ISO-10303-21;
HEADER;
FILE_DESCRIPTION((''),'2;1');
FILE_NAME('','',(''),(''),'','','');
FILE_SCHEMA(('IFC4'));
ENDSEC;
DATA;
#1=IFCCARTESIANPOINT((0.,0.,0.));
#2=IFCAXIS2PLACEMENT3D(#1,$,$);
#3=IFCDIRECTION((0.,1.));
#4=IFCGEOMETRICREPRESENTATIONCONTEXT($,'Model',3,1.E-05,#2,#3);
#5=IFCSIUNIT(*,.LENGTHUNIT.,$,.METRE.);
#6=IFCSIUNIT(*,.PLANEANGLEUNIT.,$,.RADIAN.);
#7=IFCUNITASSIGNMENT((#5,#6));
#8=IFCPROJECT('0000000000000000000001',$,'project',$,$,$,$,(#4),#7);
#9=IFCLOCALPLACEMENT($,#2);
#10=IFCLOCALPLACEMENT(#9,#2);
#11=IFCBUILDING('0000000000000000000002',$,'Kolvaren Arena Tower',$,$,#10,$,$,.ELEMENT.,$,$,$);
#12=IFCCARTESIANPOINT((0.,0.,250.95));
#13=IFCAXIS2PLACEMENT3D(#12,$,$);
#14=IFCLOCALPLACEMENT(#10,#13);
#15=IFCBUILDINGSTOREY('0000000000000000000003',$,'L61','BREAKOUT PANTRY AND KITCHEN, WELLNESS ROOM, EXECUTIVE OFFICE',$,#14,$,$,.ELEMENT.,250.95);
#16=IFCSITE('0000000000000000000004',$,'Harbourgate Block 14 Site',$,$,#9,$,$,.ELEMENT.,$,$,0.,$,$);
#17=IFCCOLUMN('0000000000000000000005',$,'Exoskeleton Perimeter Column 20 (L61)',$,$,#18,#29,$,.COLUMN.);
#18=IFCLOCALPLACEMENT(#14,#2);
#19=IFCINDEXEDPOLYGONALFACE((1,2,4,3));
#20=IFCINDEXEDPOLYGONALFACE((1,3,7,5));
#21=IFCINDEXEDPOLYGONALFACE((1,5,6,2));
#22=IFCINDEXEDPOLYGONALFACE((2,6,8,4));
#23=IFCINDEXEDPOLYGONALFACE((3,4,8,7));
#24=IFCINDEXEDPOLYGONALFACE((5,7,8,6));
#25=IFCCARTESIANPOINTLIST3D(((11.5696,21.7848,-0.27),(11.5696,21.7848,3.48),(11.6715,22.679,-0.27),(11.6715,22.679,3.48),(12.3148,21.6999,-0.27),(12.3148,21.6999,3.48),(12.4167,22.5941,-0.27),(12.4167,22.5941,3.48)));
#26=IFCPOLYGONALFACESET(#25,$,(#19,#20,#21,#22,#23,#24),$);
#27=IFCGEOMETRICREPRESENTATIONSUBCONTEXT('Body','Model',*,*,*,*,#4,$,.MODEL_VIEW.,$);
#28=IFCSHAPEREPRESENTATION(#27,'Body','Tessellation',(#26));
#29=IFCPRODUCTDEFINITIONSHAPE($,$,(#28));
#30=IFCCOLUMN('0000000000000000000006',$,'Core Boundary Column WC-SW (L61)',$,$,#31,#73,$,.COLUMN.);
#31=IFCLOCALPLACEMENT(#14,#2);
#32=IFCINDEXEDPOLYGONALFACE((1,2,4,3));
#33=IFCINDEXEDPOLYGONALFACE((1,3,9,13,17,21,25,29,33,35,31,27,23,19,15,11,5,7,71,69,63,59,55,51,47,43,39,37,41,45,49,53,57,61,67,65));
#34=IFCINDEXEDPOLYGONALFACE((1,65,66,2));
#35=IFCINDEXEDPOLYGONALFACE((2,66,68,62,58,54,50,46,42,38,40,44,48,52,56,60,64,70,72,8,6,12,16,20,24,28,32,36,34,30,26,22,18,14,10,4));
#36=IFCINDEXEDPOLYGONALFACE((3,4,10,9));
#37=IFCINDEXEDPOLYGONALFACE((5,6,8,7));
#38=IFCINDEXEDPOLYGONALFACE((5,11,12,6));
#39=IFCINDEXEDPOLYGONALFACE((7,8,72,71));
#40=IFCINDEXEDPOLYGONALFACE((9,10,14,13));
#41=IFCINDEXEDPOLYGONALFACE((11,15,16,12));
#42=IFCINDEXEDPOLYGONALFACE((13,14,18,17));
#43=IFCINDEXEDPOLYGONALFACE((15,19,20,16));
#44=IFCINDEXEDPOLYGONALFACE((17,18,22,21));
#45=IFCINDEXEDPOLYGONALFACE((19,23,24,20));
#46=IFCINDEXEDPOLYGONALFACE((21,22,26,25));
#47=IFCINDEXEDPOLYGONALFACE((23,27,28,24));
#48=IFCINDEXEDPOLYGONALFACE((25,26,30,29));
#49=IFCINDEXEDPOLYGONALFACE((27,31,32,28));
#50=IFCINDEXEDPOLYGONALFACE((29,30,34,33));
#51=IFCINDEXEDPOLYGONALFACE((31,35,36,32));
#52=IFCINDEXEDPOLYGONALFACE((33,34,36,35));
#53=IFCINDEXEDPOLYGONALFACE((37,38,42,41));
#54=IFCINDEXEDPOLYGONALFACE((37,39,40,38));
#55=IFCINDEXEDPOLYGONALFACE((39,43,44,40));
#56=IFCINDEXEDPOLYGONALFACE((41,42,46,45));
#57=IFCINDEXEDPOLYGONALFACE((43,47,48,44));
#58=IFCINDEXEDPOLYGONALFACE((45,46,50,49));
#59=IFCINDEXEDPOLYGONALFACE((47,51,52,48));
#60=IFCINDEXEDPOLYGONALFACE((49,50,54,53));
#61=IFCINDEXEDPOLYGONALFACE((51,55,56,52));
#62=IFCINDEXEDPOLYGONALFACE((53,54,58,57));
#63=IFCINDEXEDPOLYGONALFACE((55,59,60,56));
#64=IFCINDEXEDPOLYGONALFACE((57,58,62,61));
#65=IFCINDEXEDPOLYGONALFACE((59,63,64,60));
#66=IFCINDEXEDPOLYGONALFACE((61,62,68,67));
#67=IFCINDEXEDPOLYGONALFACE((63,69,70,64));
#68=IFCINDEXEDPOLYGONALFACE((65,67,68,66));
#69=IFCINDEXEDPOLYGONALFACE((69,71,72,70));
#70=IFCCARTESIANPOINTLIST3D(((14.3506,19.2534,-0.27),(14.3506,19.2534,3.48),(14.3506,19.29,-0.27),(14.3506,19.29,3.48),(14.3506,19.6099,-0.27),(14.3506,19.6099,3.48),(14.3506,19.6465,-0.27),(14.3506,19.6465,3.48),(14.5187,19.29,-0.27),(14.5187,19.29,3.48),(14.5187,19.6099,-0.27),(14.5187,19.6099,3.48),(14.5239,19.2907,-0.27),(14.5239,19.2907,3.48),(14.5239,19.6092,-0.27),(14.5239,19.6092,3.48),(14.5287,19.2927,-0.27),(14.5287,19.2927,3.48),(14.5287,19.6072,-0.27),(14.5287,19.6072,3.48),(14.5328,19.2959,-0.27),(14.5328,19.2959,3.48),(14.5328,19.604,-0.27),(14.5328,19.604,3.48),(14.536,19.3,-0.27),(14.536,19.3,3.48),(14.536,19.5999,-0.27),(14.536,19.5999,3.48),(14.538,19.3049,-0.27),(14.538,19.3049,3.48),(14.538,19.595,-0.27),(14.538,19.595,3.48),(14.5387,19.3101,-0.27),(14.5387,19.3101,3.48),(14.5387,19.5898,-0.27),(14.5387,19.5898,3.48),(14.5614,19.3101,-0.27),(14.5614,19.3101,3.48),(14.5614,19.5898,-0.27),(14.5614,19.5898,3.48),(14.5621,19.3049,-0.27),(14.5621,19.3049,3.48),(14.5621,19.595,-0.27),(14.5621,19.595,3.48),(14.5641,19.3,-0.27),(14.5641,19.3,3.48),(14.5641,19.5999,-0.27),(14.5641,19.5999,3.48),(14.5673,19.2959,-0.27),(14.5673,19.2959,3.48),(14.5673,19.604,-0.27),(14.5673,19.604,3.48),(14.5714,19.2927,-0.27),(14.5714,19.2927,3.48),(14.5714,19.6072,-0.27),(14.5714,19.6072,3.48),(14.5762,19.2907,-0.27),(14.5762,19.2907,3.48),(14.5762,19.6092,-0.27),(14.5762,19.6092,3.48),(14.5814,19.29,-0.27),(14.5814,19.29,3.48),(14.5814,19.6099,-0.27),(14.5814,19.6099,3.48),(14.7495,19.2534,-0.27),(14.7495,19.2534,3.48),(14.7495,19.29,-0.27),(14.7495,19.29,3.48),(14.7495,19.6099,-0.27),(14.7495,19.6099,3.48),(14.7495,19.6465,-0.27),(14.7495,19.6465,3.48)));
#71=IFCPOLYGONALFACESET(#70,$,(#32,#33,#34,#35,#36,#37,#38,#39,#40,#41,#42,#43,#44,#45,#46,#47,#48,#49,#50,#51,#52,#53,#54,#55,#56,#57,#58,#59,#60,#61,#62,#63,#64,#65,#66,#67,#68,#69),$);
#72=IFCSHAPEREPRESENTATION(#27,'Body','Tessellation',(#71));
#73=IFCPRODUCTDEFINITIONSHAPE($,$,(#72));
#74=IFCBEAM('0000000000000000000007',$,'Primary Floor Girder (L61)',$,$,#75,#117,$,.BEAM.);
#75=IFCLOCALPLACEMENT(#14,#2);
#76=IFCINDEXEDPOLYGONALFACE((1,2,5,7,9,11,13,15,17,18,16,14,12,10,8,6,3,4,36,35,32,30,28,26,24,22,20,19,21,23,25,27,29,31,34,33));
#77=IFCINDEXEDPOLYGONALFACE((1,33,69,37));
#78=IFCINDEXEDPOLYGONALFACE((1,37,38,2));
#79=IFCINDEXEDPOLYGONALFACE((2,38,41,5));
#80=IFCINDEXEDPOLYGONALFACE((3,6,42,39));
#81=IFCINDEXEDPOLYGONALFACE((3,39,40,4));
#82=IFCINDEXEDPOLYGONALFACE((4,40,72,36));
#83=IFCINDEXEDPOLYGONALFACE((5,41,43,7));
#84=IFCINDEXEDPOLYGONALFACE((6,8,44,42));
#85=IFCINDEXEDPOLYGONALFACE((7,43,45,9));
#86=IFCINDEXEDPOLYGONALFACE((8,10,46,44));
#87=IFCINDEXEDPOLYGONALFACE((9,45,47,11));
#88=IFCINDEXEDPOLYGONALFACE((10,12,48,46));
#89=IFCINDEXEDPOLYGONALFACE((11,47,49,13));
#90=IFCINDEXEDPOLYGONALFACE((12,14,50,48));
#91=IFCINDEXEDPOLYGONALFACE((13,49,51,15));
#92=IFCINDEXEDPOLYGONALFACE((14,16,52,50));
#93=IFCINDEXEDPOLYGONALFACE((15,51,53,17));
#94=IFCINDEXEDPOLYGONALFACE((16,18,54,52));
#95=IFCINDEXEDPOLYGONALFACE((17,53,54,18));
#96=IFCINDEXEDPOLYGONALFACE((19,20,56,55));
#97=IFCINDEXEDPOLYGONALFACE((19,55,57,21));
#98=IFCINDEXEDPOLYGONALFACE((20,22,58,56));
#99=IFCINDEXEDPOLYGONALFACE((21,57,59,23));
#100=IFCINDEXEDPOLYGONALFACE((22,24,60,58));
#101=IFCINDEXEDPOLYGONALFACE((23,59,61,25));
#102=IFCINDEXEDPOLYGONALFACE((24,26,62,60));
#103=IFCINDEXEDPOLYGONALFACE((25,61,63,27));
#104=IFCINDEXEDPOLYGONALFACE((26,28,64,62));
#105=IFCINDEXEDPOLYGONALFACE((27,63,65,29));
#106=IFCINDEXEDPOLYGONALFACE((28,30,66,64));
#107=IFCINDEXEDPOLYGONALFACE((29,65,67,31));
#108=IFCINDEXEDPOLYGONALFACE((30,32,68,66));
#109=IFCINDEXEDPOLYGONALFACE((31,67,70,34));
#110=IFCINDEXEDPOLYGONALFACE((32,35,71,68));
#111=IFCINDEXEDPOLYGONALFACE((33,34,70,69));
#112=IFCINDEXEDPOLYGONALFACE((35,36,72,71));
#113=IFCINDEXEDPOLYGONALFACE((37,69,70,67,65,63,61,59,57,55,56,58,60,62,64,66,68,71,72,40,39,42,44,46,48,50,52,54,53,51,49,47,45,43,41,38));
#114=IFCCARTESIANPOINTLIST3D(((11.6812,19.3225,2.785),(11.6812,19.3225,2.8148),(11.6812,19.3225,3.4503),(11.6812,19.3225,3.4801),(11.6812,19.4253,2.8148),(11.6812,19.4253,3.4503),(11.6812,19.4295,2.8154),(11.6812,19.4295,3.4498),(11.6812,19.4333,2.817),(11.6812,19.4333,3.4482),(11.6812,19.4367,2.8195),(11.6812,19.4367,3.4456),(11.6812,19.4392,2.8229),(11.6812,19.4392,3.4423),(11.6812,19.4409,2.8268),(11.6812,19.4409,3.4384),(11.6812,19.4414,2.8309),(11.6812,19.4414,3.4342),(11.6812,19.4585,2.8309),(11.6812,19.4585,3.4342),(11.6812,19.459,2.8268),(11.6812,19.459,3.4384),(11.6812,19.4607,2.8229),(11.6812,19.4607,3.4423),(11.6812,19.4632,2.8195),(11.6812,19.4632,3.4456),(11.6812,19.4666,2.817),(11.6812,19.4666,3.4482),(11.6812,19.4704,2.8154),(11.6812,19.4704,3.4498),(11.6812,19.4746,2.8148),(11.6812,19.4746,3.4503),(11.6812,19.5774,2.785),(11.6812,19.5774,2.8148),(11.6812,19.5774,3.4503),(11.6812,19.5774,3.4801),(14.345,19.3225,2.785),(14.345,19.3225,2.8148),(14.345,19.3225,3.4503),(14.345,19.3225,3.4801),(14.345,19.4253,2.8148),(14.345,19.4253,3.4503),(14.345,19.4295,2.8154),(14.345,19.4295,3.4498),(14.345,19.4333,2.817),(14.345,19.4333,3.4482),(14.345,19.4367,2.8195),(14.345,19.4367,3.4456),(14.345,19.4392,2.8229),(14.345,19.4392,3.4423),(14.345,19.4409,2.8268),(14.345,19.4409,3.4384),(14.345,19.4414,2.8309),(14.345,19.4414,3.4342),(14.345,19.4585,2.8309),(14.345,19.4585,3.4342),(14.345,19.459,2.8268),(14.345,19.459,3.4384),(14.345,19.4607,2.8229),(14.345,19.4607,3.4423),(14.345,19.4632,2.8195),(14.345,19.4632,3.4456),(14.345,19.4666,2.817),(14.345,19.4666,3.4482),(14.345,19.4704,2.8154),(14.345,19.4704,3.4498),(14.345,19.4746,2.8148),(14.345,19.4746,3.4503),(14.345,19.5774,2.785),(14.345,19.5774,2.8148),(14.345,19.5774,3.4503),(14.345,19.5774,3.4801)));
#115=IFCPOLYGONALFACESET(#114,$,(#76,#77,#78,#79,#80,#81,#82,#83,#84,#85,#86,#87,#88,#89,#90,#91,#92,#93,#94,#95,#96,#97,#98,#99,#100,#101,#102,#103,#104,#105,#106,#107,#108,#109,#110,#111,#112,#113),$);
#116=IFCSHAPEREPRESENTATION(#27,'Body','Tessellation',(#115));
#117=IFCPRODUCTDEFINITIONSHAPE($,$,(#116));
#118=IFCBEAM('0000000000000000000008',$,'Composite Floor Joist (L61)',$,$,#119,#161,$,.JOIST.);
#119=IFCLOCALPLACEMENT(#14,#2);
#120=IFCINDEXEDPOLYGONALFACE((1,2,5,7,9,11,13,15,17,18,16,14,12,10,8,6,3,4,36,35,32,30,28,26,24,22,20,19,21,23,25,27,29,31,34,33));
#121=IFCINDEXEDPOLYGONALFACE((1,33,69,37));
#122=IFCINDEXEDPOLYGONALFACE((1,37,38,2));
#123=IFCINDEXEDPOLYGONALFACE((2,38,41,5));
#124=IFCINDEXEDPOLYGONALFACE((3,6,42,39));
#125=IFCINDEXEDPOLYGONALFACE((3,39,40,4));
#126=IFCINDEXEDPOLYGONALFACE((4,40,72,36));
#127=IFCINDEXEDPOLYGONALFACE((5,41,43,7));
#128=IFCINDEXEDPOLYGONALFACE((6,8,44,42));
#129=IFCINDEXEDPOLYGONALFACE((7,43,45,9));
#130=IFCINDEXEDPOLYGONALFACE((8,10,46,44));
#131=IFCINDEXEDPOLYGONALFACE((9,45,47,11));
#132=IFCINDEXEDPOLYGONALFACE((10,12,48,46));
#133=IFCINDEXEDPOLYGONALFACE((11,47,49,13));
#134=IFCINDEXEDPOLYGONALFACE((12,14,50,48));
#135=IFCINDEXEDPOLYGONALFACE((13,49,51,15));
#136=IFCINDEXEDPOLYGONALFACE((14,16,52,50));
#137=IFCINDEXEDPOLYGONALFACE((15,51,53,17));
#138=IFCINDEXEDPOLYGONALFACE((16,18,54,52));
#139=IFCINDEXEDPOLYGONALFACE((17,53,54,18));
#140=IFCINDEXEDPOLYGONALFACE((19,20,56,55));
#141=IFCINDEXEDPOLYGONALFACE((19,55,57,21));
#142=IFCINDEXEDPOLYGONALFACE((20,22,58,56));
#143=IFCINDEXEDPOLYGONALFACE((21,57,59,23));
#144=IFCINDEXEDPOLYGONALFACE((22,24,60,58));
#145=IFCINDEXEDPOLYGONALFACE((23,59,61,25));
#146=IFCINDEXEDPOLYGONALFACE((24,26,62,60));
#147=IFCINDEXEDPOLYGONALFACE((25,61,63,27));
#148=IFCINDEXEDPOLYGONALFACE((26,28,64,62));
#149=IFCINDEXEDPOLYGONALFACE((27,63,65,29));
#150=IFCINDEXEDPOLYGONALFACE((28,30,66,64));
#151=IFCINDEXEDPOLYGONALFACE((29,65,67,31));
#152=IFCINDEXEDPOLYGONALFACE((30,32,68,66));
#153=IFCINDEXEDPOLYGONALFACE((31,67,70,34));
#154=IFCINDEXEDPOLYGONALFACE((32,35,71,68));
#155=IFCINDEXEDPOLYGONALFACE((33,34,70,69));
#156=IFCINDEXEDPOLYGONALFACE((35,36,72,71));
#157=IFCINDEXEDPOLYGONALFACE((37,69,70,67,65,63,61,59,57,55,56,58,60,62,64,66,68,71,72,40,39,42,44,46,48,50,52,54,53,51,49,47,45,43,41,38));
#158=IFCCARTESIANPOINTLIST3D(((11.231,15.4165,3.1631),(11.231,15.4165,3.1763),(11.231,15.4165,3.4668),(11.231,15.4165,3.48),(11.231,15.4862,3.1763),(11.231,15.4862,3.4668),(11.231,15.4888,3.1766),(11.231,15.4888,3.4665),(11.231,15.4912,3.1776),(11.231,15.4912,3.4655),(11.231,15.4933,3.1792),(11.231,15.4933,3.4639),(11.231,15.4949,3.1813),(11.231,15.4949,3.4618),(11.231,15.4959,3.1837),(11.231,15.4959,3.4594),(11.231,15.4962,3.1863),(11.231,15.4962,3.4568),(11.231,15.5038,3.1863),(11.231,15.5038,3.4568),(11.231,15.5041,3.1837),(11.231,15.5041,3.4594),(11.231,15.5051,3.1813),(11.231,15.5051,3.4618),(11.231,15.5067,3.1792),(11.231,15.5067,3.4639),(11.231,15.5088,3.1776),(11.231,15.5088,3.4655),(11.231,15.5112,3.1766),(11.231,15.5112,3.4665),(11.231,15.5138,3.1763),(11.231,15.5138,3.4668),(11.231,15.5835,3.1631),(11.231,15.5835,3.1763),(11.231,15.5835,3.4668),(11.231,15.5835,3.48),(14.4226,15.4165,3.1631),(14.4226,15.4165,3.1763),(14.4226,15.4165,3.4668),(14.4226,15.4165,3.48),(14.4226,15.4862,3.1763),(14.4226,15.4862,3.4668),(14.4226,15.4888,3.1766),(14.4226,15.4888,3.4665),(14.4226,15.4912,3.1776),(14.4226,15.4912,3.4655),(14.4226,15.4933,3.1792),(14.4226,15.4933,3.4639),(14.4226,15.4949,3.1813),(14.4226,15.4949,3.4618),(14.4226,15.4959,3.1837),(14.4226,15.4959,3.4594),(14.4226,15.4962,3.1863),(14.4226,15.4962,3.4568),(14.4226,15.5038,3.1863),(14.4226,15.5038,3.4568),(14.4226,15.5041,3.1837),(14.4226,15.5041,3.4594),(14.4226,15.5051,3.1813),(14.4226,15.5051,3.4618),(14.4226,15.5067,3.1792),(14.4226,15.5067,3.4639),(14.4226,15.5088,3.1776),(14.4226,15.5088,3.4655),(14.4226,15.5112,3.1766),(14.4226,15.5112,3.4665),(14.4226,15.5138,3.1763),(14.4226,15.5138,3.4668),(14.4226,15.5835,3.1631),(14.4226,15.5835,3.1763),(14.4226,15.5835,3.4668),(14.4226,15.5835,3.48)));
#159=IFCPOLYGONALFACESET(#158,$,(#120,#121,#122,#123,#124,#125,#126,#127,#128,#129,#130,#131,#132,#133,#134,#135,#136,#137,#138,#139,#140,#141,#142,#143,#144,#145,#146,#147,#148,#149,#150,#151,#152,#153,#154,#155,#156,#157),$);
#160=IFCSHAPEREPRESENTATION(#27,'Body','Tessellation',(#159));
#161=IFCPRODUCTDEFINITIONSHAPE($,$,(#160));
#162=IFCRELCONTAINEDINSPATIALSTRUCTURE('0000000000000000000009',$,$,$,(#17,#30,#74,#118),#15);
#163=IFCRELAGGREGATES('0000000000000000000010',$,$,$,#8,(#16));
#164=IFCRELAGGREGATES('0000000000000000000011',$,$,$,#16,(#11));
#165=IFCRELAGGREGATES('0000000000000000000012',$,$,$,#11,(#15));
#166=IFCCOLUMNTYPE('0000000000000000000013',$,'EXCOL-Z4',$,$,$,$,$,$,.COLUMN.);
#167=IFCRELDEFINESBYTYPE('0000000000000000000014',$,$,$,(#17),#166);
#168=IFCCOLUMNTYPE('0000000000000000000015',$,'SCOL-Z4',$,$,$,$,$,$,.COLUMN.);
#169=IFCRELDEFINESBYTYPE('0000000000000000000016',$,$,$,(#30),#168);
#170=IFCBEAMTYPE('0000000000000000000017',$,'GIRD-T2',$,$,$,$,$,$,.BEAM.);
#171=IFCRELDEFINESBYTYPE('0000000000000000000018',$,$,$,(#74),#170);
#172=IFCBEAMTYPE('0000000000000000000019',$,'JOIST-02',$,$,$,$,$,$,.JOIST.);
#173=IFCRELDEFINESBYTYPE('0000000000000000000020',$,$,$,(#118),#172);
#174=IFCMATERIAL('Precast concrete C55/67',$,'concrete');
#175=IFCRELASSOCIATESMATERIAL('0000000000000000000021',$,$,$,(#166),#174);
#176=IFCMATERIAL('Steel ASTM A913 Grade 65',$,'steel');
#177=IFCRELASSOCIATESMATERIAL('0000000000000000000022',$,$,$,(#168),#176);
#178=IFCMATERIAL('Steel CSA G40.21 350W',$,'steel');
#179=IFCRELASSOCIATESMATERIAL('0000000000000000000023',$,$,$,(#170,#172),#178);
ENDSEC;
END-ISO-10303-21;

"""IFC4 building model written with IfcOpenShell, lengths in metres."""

from ifc_helpers import new_model, si_unit, direction, frame, origin, origin_2d, place, context, subcontext, project, spatial, rectangle, i_section, extrude, material, material_profile, profile_set, type_object, element, save


model = new_model("IFC4")

# Units and contexts
model_context = context("Model", 3, precision=1e-05, world=origin(), true_north=direction((0.0, 1.0)))
body_context = subcontext(model_context, "Body", "Model", "MODEL_VIEW")
ifc_project = project(units=[si_unit("LENGTHUNIT", "METRE"), si_unit("PLANEANGLEUNIT", "RADIAN")], contexts=[model_context])

# Site, building, storey
site_placement = place(None, origin())
site = spatial("IfcSite", under=ifc_project, at=site_placement, Name="Harbourgate Block 14 Site", CompositionType="ELEMENT", RefElevation=0.0)
building_placement = place(site_placement, origin())
building = spatial("IfcBuilding", under=site, at=building_placement, Name="Kolvaren Arena Tower", CompositionType="ELEMENT")
storey_placement = place(building_placement, frame((0.0, 0.0, 250.95)))
storey = spatial("IfcBuildingStorey", under=building, at=storey_placement, Name="L61", Description="BREAKOUT PANTRY AND KITCHEN, WELLNESS ROOM, EXECUTIVE OFFICE", CompositionType="ELEMENT", Elevation=250.95)

# Columns
ifc_material_1 = material(Name="Precast concrete C55/67", Category="concrete")
ifc_material_profile_1 = material_profile(ifc_material_1, rectangle(XDim=0.8999, YDim=0.75, at=origin_2d()), Name="RC-900x750")
ifc_profile_set_1 = profile_set([ifc_material_profile_1], Name="Precast concrete C55/67")
column_type_1 = type_object("IfcColumnType", Name="EXCOL-Z4", PredefinedType="COLUMN", material=ifc_profile_set_1)
column_1_placement = place(storey_placement, frame((11.9932, 22.1895, -0.27), z_axis=(0.0, 0.0, 1.0), x_axis=(0.113203, 0.993572, 0.0)))
element("IfcColumn", 1, at=column_1_placement, inside=storey, type_object=column_type_1, Name="Exoskeleton Perimeter Column 20 (L61)", PredefinedType="COLUMN", context=body_context, shape_type="SweptSolid", body=[
    extrude(rectangle(XDim=0.8999, YDim=0.75, at=origin_2d()), origin(), (0.0, 0.0, 1.0), 3.75),
])
ifc_material_2 = material(Name="Steel ASTM A913 Grade 65", Category="steel")
ifc_material_profile_2 = material_profile(ifc_material_2, i_section(OverallWidth=0.3989, OverallDepth=0.3931, WebThickness=0.0227, FlangeThickness=0.0366, FilletRadius=0.02, at=origin_2d()), Name="W360x287")
ifc_profile_set_2 = profile_set([ifc_material_profile_2], Name="Steel ASTM A913 Grade 65")
column_type_2 = type_object("IfcColumnType", Name="SCOL-Z4", PredefinedType="COLUMN", material=ifc_profile_set_2)
column_2_placement = place(storey_placement, frame((14.55, 19.45, -0.27), z_axis=(0.0, 0.0, 1.0), x_axis=(1.0, 0.0, 0.0)))
element("IfcColumn", 2, at=column_2_placement, inside=storey, type_object=column_type_2, Name="Core Boundary Column WC-SW (L61)", PredefinedType="COLUMN", context=body_context, shape_type="SweptSolid", body=[
    extrude(i_section(OverallWidth=0.3989, OverallDepth=0.3931, WebThickness=0.0227, FlangeThickness=0.0366, FilletRadius=0.02, at=origin_2d()), origin(), (0.0, 0.0, 1.0), 3.75),
])

# Beams
ifc_material_3 = material(Name="Steel CSA G40.21 350W", Category="steel")
ifc_material_profile_3 = material_profile(ifc_material_3, i_section(OverallWidth=0.2549, OverallDepth=0.6951, WebThickness=0.0171, FlangeThickness=0.0298, FilletRadius=0.0161, at=origin_2d()), Name="W690x217")
ifc_profile_set_3 = profile_set([ifc_material_profile_3], Name="Steel CSA G40.21 350W")
beam_type_1 = type_object("IfcBeamType", Name="GIRD-T2", PredefinedType="BEAM", material=ifc_profile_set_3)
beam_1_placement = place(storey_placement, frame((11.6812, 19.45, 3.1326), z_axis=(1.0, 0.0, 0.0), x_axis=(0.0, 1.0, 0.0)))
element("IfcBeam", 3, at=beam_1_placement, inside=storey, type_object=beam_type_1, Name="Primary Floor Girder (L61)", PredefinedType="BEAM", context=body_context, shape_type="SweptSolid", body=[
    extrude(i_section(OverallWidth=0.2549, OverallDepth=0.6951, WebThickness=0.0171, FlangeThickness=0.0298, FilletRadius=0.0161, at=origin_2d()), origin(), (0.0, 0.0, 1.0), 2.6638),
])
ifc_material_profile_4 = material_profile(ifc_material_3, i_section(OverallWidth=0.167, OverallDepth=0.3169, WebThickness=0.0076, FlangeThickness=0.0132, FilletRadius=0.01, at=origin_2d()), Name="W310x52")
ifc_profile_set_4 = profile_set([ifc_material_profile_4], Name="Steel CSA G40.21 350W")
beam_type_2 = type_object("IfcBeamType", Name="JOIST-02", PredefinedType="JOIST", material=ifc_profile_set_4)
beam_2_placement = place(storey_placement, frame((11.231, 15.5, 3.3215), z_axis=(1.0, 0.0, 0.0), x_axis=(0.0, 1.0, 0.0)))
element("IfcBeam", 4, at=beam_2_placement, inside=storey, type_object=beam_type_2, Name="Composite Floor Joist (L61)", PredefinedType="JOIST", context=body_context, shape_type="SweptSolid", body=[
    extrude(i_section(OverallWidth=0.167, OverallDepth=0.3169, WebThickness=0.0076, FlangeThickness=0.0132, FilletRadius=0.01, at=origin_2d()), origin(), (0.0, 0.0, 1.0), 3.1917),
])

save(model, "model.ifc")
